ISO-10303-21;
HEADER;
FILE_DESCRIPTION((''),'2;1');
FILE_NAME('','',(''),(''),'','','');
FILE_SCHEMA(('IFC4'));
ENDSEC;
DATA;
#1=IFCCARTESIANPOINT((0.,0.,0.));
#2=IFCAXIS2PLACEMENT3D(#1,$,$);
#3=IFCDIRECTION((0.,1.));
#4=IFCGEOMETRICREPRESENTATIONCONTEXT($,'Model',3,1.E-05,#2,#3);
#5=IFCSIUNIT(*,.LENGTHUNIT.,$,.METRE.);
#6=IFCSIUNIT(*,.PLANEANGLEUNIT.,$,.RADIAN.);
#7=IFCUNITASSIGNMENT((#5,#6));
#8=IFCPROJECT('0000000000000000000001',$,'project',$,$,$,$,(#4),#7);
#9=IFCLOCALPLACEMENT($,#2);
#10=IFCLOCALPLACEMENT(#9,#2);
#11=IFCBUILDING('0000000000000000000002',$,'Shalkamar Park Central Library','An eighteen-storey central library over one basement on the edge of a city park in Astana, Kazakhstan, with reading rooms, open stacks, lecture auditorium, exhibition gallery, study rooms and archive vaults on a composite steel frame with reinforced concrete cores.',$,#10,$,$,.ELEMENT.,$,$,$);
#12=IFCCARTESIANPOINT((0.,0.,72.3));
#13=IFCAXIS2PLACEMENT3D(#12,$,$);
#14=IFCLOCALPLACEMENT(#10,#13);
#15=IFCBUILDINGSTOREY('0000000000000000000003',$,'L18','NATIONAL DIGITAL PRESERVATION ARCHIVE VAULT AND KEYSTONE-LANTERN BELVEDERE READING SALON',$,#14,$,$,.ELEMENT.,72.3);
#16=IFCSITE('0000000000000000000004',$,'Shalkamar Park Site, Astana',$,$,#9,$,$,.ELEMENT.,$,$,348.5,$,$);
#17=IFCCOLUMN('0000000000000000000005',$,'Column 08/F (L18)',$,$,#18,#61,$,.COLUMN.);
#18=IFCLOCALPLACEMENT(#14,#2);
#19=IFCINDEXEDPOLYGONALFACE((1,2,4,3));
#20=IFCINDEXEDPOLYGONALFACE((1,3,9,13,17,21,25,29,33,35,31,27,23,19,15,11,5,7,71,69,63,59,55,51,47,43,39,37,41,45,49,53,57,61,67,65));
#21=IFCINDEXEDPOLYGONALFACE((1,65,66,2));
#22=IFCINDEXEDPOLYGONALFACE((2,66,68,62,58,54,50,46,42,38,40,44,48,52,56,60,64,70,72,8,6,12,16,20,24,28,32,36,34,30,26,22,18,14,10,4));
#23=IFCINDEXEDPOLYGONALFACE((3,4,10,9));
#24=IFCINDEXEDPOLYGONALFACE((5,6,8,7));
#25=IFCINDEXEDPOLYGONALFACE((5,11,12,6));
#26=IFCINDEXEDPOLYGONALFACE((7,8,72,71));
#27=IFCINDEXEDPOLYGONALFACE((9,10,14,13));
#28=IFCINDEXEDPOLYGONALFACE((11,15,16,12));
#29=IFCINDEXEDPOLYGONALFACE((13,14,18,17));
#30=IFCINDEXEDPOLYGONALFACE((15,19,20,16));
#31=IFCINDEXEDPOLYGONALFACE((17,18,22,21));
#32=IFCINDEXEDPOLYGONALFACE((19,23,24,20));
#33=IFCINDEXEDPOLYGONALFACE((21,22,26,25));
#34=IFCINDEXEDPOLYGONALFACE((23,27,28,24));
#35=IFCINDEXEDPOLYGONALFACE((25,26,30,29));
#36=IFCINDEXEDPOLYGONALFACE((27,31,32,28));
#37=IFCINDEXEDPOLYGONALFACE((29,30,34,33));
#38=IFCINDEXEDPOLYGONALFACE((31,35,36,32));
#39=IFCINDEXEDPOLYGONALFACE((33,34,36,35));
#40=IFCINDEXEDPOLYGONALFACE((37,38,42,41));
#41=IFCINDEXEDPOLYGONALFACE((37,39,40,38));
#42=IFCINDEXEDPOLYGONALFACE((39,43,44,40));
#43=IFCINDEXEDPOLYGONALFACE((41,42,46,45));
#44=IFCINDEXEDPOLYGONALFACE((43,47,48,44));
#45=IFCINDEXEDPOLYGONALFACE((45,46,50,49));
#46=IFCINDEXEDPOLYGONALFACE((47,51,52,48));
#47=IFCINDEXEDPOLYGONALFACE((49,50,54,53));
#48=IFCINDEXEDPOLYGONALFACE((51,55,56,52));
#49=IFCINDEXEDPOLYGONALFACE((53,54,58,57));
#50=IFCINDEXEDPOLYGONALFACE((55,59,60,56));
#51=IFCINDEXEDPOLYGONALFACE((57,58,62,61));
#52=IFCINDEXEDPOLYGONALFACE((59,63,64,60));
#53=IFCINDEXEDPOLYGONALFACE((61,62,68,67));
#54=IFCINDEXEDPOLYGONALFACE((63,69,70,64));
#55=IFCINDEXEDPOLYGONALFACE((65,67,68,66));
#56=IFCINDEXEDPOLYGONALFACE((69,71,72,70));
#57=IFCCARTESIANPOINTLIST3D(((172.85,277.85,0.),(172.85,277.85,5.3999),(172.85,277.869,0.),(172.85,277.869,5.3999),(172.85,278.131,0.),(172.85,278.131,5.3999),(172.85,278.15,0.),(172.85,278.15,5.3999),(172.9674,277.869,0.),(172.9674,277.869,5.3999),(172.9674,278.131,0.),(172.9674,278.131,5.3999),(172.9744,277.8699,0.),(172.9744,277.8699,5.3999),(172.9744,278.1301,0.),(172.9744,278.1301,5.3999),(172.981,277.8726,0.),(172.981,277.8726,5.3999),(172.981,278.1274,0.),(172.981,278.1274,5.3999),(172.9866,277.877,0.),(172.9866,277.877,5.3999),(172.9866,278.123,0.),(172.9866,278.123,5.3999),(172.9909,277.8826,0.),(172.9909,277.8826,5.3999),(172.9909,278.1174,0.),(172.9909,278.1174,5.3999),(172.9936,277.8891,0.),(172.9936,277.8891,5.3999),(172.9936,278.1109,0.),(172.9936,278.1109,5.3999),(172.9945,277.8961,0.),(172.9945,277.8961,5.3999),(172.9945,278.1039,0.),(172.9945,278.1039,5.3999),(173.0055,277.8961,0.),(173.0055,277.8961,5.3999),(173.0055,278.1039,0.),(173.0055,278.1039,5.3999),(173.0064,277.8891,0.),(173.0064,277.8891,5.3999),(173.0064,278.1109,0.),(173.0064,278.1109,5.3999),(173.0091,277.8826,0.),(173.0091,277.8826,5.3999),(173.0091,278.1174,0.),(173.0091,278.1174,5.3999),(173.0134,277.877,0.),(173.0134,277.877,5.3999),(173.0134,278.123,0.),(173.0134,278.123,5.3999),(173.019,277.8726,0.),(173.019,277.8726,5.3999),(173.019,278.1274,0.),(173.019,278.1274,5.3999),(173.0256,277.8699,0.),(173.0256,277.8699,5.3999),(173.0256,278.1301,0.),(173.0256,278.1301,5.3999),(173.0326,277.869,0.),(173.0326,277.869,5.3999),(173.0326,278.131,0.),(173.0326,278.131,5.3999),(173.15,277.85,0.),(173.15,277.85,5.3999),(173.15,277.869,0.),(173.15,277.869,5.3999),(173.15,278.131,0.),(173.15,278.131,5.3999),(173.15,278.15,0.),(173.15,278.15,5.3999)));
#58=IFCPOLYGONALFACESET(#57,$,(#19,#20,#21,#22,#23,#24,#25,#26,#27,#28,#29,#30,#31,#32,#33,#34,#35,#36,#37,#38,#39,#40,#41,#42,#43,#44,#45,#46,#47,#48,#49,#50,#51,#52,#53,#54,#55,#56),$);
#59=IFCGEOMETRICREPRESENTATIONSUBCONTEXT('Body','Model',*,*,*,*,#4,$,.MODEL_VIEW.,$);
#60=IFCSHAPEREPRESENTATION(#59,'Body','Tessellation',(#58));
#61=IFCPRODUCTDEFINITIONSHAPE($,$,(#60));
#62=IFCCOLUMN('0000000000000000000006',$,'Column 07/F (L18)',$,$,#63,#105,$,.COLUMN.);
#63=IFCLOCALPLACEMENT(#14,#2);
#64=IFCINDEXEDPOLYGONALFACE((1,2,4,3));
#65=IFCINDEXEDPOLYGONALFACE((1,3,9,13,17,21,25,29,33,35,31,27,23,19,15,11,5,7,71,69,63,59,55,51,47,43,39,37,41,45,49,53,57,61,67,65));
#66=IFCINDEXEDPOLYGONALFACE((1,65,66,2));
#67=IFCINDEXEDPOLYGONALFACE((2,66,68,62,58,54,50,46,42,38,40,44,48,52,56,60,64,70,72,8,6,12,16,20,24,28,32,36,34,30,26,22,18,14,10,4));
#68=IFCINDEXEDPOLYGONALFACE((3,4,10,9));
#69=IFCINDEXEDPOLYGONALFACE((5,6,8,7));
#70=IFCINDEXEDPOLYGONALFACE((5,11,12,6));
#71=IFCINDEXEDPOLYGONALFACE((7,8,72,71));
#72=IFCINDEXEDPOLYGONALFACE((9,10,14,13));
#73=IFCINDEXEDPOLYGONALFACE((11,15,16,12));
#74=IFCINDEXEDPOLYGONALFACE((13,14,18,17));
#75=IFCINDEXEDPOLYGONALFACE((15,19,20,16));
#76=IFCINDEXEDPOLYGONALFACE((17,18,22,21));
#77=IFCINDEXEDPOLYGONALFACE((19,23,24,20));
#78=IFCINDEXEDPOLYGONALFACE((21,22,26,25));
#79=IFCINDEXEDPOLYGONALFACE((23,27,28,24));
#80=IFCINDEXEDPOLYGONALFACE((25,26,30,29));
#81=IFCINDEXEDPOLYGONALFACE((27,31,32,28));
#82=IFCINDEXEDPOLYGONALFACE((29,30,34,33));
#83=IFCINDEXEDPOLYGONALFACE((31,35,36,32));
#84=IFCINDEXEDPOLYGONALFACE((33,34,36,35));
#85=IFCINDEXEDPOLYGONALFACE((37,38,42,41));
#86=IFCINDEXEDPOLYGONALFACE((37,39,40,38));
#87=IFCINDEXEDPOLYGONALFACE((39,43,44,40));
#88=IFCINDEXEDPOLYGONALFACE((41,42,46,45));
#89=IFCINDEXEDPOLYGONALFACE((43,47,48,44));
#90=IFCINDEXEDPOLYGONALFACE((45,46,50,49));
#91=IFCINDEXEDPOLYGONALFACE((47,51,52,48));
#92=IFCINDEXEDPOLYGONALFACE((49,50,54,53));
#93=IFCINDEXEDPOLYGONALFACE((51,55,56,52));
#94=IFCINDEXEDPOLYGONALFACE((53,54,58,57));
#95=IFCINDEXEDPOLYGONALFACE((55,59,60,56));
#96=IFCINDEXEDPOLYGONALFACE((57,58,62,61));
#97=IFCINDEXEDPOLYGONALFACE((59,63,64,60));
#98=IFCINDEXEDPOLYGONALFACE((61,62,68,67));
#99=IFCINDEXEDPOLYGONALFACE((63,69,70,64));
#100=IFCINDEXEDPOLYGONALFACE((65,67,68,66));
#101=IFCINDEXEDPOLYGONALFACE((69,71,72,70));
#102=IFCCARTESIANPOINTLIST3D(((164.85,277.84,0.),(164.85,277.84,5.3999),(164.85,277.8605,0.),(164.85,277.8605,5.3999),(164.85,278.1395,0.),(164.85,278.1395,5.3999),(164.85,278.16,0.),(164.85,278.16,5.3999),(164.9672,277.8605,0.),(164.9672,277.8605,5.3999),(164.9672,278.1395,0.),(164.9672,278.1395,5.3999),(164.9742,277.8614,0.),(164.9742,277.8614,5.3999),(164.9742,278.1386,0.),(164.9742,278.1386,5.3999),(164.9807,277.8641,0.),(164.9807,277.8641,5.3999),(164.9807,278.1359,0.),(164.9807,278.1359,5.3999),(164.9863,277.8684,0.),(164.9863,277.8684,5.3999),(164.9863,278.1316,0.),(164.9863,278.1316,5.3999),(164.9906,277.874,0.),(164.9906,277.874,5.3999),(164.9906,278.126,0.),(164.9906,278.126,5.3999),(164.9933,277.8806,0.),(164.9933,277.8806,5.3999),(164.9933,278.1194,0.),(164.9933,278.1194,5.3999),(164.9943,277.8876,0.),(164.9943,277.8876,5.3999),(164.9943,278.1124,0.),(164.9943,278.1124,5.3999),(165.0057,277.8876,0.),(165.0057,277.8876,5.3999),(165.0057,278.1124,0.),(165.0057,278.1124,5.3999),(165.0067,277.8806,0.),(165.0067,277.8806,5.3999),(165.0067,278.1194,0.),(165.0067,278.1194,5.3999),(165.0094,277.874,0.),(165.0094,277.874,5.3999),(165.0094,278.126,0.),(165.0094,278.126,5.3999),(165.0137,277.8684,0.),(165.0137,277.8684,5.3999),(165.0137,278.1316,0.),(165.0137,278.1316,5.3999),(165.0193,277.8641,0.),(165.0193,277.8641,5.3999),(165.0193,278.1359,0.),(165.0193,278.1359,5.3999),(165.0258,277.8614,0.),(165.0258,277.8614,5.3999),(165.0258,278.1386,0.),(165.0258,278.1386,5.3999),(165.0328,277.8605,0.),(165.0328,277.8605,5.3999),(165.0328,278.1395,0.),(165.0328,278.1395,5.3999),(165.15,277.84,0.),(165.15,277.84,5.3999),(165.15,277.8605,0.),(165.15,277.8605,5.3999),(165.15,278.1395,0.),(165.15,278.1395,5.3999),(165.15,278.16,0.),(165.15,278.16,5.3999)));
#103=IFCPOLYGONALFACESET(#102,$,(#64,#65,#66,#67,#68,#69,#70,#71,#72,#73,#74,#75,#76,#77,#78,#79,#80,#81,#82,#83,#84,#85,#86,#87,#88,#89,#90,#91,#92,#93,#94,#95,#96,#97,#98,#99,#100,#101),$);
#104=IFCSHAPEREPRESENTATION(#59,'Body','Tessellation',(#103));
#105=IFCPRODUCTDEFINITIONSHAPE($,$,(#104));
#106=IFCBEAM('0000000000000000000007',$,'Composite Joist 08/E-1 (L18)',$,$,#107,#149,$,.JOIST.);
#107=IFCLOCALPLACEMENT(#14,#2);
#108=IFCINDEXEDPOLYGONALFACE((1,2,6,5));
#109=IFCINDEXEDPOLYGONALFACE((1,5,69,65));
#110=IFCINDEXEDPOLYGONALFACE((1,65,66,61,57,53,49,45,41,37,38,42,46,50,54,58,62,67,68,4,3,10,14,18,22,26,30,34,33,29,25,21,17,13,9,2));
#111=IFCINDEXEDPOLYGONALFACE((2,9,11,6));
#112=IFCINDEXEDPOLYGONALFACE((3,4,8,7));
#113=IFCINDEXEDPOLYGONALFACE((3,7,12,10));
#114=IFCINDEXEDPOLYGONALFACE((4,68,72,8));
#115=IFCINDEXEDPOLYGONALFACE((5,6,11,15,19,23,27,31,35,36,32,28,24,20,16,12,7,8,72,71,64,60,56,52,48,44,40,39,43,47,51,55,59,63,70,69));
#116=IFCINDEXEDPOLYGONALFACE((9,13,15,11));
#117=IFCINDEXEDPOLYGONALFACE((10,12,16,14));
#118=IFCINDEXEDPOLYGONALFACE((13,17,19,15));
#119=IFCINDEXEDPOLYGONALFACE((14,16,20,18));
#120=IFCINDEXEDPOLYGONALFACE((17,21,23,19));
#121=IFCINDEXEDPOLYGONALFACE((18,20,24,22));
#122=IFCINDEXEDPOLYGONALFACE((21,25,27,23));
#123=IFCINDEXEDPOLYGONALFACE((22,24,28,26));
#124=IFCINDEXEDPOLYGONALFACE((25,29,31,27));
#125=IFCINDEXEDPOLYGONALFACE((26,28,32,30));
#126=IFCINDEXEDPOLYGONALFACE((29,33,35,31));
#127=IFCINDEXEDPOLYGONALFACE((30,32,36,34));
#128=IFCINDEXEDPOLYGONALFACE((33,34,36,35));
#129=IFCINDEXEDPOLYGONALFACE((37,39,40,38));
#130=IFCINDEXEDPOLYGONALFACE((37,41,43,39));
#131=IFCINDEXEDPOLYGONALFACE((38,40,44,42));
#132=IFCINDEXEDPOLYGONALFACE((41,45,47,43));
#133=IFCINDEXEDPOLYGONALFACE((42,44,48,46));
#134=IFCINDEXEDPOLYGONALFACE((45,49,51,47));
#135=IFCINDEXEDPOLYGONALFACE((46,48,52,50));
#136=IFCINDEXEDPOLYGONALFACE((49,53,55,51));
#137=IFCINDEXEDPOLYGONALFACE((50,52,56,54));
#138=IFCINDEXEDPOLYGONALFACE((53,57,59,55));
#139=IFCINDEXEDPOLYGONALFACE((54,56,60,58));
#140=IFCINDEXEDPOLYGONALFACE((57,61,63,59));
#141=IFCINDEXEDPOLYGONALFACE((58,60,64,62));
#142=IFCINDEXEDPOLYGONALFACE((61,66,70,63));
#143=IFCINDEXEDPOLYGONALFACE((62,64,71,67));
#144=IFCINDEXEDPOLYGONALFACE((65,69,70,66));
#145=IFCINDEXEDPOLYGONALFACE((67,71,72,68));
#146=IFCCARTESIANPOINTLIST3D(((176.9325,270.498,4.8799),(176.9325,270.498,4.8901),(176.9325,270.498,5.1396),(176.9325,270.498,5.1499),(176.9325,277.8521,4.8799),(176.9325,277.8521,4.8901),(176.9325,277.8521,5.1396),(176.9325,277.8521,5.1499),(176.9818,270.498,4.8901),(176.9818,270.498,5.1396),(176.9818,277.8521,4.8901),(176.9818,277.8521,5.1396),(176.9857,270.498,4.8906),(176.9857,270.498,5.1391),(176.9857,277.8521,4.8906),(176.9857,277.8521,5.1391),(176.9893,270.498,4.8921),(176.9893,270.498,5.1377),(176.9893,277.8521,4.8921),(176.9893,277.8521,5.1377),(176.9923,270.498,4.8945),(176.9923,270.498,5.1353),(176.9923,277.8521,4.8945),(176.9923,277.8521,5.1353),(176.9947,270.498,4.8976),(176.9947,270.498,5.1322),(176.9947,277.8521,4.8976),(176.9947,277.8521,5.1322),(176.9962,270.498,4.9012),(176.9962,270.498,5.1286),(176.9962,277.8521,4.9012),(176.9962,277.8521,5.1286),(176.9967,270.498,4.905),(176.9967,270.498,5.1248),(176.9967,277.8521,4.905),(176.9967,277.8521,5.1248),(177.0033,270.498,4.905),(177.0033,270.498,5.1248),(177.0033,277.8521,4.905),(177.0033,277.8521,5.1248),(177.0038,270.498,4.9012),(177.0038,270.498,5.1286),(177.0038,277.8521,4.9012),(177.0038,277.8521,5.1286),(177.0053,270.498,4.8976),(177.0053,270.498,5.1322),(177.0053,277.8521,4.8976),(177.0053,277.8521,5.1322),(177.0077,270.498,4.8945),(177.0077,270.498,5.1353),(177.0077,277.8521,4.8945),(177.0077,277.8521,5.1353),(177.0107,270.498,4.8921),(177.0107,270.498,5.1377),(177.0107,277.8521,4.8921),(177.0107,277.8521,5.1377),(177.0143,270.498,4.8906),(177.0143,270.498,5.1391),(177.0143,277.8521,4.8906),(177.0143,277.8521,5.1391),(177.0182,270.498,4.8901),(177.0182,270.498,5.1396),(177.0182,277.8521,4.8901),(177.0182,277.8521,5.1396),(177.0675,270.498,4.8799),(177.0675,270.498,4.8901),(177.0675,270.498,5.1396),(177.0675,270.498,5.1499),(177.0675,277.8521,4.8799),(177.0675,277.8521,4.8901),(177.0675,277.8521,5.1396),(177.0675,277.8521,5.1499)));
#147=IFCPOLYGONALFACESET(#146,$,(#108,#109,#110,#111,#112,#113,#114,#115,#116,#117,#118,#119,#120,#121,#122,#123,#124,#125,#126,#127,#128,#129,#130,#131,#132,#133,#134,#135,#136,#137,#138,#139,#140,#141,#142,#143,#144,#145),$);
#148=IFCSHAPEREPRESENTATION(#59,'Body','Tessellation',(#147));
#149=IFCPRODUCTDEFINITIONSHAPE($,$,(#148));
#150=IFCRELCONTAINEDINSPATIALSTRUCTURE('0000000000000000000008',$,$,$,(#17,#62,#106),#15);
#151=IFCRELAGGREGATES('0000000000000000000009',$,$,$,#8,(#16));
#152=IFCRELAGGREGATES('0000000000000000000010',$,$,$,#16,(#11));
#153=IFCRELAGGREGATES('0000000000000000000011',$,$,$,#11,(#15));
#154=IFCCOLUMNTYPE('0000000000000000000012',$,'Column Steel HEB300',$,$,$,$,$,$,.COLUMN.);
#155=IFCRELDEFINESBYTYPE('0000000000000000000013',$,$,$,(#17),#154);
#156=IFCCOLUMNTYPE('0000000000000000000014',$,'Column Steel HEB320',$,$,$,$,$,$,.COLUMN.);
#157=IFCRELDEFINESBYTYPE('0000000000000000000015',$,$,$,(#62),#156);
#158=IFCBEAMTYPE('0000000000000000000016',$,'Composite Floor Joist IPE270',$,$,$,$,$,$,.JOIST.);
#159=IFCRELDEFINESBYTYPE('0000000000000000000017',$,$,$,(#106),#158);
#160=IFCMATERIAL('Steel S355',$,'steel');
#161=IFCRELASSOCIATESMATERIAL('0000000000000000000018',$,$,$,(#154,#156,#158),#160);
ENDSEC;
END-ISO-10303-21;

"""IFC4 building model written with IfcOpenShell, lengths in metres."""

from ifc_helpers import new_model, si_unit, direction, frame, origin, origin_2d, place, context, subcontext, project, spatial, i_section, extrude, material, material_profile, profile_set, type_object, element, save


model = new_model("IFC4")

# Units and contexts
model_context = context("Model", 3, precision=1e-05, world=origin(), true_north=direction((0.0, 1.0)))
body_context = subcontext(model_context, "Body", "Model", "MODEL_VIEW")
ifc_project = project(units=[si_unit("LENGTHUNIT", "METRE"), si_unit("PLANEANGLEUNIT", "RADIAN")], contexts=[model_context])

# Site, building, storey
site_placement = place(None, origin())
site = spatial("IfcSite", under=ifc_project, at=site_placement, Name="Shalkamar Park Site, Astana", CompositionType="ELEMENT", RefElevation=348.5)
building_placement = place(site_placement, origin())
building = spatial("IfcBuilding", under=site, at=building_placement, Name="Shalkamar Park Central Library", Description="An eighteen-storey central library over one basement on the edge of a city park in Astana, Kazakhstan, with reading rooms, open stacks, lecture auditorium, exhibition gallery, study rooms and archive vaults on a composite steel frame with reinforced concrete cores.", CompositionType="ELEMENT")
storey_placement = place(building_placement, frame((0.0, 0.0, 72.3)))
storey = spatial("IfcBuildingStorey", under=building, at=storey_placement, Name="L18", Description="NATIONAL DIGITAL PRESERVATION ARCHIVE VAULT AND KEYSTONE-LANTERN BELVEDERE READING SALON", CompositionType="ELEMENT", Elevation=72.3)

# Columns
ifc_material_1 = material(Name="Steel S355", Category="steel")
ifc_material_profile_1 = material_profile(ifc_material_1, i_section(OverallWidth=0.3, OverallDepth=0.3, WebThickness=0.011, FlangeThickness=0.019, FilletRadius=0.0271, at=origin_2d()), Name="HEB 300")
ifc_profile_set_1 = profile_set([ifc_material_profile_1], Name="Steel S355")
column_type_1 = type_object("IfcColumnType", Name="Column Steel HEB300", PredefinedType="COLUMN", material=ifc_profile_set_1)
column_1_placement = place(storey_placement, frame((173.0, 278.0, 0.0), z_axis=(0.0, 0.0, 1.0), x_axis=(1.0, 0.0, 0.0)))
element("IfcColumn", 1, at=column_1_placement, inside=storey, type_object=column_type_1, Name="Column 08/F (L18)", PredefinedType="COLUMN", context=body_context, shape_type="SweptSolid", body=[
    extrude(i_section(OverallWidth=0.3, OverallDepth=0.3, WebThickness=0.011, FlangeThickness=0.019, FilletRadius=0.0271, at=origin_2d()), origin(), (0.0, 0.0, 1.0), 5.3999),
])
ifc_material_profile_2 = material_profile(ifc_material_1, i_section(OverallWidth=0.3, OverallDepth=0.3201, WebThickness=0.0115, FlangeThickness=0.0205, FilletRadius=0.0271, at=origin_2d()), Name="HEB 320")
ifc_profile_set_2 = profile_set([ifc_material_profile_2], Name="Steel S355")
column_type_2 = type_object("IfcColumnType", Name="Column Steel HEB320", PredefinedType="COLUMN", material=ifc_profile_set_2)
column_2_placement = place(storey_placement, frame((165.0, 278.0, 0.0), z_axis=(0.0, 0.0, 1.0), x_axis=(1.0, 0.0, 0.0)))
element("IfcColumn", 2, at=column_2_placement, inside=storey, type_object=column_type_2, Name="Column 07/F (L18)", PredefinedType="COLUMN", context=body_context, shape_type="SweptSolid", body=[
    extrude(i_section(OverallWidth=0.3, OverallDepth=0.3201, WebThickness=0.0115, FlangeThickness=0.0205, FilletRadius=0.0271, at=origin_2d()), origin(), (0.0, 0.0, 1.0), 5.3999),
])

# Beam
ifc_material_profile_3 = material_profile(ifc_material_1, i_section(OverallWidth=0.135, OverallDepth=0.27, WebThickness=0.0066, FlangeThickness=0.0103, FilletRadius=0.0149, at=origin_2d()), Name="IPE 270")
ifc_profile_set_3 = profile_set([ifc_material_profile_3], Name="Steel S355")
beam_type_1 = type_object("IfcBeamType", Name="Composite Floor Joist IPE270", PredefinedType="JOIST", material=ifc_profile_set_3)
beam_placement = place(storey_placement, frame((177.0, 270.498, 5.0149), z_axis=(0.0, 1.0, 0.0), x_axis=(-1.0, 0.0, 0.0)))
element("IfcBeam", 3, at=beam_placement, inside=storey, type_object=beam_type_1, Name="Composite Joist 08/E-1 (L18)", PredefinedType="JOIST", context=body_context, shape_type="SweptSolid", body=[
    extrude(i_section(OverallWidth=0.135, OverallDepth=0.27, WebThickness=0.0066, FlangeThickness=0.0103, FilletRadius=0.0149, at=origin_2d()), origin(), (0.0, 0.0, 1.0), 7.354),
])

save(model, "model.ifc")
